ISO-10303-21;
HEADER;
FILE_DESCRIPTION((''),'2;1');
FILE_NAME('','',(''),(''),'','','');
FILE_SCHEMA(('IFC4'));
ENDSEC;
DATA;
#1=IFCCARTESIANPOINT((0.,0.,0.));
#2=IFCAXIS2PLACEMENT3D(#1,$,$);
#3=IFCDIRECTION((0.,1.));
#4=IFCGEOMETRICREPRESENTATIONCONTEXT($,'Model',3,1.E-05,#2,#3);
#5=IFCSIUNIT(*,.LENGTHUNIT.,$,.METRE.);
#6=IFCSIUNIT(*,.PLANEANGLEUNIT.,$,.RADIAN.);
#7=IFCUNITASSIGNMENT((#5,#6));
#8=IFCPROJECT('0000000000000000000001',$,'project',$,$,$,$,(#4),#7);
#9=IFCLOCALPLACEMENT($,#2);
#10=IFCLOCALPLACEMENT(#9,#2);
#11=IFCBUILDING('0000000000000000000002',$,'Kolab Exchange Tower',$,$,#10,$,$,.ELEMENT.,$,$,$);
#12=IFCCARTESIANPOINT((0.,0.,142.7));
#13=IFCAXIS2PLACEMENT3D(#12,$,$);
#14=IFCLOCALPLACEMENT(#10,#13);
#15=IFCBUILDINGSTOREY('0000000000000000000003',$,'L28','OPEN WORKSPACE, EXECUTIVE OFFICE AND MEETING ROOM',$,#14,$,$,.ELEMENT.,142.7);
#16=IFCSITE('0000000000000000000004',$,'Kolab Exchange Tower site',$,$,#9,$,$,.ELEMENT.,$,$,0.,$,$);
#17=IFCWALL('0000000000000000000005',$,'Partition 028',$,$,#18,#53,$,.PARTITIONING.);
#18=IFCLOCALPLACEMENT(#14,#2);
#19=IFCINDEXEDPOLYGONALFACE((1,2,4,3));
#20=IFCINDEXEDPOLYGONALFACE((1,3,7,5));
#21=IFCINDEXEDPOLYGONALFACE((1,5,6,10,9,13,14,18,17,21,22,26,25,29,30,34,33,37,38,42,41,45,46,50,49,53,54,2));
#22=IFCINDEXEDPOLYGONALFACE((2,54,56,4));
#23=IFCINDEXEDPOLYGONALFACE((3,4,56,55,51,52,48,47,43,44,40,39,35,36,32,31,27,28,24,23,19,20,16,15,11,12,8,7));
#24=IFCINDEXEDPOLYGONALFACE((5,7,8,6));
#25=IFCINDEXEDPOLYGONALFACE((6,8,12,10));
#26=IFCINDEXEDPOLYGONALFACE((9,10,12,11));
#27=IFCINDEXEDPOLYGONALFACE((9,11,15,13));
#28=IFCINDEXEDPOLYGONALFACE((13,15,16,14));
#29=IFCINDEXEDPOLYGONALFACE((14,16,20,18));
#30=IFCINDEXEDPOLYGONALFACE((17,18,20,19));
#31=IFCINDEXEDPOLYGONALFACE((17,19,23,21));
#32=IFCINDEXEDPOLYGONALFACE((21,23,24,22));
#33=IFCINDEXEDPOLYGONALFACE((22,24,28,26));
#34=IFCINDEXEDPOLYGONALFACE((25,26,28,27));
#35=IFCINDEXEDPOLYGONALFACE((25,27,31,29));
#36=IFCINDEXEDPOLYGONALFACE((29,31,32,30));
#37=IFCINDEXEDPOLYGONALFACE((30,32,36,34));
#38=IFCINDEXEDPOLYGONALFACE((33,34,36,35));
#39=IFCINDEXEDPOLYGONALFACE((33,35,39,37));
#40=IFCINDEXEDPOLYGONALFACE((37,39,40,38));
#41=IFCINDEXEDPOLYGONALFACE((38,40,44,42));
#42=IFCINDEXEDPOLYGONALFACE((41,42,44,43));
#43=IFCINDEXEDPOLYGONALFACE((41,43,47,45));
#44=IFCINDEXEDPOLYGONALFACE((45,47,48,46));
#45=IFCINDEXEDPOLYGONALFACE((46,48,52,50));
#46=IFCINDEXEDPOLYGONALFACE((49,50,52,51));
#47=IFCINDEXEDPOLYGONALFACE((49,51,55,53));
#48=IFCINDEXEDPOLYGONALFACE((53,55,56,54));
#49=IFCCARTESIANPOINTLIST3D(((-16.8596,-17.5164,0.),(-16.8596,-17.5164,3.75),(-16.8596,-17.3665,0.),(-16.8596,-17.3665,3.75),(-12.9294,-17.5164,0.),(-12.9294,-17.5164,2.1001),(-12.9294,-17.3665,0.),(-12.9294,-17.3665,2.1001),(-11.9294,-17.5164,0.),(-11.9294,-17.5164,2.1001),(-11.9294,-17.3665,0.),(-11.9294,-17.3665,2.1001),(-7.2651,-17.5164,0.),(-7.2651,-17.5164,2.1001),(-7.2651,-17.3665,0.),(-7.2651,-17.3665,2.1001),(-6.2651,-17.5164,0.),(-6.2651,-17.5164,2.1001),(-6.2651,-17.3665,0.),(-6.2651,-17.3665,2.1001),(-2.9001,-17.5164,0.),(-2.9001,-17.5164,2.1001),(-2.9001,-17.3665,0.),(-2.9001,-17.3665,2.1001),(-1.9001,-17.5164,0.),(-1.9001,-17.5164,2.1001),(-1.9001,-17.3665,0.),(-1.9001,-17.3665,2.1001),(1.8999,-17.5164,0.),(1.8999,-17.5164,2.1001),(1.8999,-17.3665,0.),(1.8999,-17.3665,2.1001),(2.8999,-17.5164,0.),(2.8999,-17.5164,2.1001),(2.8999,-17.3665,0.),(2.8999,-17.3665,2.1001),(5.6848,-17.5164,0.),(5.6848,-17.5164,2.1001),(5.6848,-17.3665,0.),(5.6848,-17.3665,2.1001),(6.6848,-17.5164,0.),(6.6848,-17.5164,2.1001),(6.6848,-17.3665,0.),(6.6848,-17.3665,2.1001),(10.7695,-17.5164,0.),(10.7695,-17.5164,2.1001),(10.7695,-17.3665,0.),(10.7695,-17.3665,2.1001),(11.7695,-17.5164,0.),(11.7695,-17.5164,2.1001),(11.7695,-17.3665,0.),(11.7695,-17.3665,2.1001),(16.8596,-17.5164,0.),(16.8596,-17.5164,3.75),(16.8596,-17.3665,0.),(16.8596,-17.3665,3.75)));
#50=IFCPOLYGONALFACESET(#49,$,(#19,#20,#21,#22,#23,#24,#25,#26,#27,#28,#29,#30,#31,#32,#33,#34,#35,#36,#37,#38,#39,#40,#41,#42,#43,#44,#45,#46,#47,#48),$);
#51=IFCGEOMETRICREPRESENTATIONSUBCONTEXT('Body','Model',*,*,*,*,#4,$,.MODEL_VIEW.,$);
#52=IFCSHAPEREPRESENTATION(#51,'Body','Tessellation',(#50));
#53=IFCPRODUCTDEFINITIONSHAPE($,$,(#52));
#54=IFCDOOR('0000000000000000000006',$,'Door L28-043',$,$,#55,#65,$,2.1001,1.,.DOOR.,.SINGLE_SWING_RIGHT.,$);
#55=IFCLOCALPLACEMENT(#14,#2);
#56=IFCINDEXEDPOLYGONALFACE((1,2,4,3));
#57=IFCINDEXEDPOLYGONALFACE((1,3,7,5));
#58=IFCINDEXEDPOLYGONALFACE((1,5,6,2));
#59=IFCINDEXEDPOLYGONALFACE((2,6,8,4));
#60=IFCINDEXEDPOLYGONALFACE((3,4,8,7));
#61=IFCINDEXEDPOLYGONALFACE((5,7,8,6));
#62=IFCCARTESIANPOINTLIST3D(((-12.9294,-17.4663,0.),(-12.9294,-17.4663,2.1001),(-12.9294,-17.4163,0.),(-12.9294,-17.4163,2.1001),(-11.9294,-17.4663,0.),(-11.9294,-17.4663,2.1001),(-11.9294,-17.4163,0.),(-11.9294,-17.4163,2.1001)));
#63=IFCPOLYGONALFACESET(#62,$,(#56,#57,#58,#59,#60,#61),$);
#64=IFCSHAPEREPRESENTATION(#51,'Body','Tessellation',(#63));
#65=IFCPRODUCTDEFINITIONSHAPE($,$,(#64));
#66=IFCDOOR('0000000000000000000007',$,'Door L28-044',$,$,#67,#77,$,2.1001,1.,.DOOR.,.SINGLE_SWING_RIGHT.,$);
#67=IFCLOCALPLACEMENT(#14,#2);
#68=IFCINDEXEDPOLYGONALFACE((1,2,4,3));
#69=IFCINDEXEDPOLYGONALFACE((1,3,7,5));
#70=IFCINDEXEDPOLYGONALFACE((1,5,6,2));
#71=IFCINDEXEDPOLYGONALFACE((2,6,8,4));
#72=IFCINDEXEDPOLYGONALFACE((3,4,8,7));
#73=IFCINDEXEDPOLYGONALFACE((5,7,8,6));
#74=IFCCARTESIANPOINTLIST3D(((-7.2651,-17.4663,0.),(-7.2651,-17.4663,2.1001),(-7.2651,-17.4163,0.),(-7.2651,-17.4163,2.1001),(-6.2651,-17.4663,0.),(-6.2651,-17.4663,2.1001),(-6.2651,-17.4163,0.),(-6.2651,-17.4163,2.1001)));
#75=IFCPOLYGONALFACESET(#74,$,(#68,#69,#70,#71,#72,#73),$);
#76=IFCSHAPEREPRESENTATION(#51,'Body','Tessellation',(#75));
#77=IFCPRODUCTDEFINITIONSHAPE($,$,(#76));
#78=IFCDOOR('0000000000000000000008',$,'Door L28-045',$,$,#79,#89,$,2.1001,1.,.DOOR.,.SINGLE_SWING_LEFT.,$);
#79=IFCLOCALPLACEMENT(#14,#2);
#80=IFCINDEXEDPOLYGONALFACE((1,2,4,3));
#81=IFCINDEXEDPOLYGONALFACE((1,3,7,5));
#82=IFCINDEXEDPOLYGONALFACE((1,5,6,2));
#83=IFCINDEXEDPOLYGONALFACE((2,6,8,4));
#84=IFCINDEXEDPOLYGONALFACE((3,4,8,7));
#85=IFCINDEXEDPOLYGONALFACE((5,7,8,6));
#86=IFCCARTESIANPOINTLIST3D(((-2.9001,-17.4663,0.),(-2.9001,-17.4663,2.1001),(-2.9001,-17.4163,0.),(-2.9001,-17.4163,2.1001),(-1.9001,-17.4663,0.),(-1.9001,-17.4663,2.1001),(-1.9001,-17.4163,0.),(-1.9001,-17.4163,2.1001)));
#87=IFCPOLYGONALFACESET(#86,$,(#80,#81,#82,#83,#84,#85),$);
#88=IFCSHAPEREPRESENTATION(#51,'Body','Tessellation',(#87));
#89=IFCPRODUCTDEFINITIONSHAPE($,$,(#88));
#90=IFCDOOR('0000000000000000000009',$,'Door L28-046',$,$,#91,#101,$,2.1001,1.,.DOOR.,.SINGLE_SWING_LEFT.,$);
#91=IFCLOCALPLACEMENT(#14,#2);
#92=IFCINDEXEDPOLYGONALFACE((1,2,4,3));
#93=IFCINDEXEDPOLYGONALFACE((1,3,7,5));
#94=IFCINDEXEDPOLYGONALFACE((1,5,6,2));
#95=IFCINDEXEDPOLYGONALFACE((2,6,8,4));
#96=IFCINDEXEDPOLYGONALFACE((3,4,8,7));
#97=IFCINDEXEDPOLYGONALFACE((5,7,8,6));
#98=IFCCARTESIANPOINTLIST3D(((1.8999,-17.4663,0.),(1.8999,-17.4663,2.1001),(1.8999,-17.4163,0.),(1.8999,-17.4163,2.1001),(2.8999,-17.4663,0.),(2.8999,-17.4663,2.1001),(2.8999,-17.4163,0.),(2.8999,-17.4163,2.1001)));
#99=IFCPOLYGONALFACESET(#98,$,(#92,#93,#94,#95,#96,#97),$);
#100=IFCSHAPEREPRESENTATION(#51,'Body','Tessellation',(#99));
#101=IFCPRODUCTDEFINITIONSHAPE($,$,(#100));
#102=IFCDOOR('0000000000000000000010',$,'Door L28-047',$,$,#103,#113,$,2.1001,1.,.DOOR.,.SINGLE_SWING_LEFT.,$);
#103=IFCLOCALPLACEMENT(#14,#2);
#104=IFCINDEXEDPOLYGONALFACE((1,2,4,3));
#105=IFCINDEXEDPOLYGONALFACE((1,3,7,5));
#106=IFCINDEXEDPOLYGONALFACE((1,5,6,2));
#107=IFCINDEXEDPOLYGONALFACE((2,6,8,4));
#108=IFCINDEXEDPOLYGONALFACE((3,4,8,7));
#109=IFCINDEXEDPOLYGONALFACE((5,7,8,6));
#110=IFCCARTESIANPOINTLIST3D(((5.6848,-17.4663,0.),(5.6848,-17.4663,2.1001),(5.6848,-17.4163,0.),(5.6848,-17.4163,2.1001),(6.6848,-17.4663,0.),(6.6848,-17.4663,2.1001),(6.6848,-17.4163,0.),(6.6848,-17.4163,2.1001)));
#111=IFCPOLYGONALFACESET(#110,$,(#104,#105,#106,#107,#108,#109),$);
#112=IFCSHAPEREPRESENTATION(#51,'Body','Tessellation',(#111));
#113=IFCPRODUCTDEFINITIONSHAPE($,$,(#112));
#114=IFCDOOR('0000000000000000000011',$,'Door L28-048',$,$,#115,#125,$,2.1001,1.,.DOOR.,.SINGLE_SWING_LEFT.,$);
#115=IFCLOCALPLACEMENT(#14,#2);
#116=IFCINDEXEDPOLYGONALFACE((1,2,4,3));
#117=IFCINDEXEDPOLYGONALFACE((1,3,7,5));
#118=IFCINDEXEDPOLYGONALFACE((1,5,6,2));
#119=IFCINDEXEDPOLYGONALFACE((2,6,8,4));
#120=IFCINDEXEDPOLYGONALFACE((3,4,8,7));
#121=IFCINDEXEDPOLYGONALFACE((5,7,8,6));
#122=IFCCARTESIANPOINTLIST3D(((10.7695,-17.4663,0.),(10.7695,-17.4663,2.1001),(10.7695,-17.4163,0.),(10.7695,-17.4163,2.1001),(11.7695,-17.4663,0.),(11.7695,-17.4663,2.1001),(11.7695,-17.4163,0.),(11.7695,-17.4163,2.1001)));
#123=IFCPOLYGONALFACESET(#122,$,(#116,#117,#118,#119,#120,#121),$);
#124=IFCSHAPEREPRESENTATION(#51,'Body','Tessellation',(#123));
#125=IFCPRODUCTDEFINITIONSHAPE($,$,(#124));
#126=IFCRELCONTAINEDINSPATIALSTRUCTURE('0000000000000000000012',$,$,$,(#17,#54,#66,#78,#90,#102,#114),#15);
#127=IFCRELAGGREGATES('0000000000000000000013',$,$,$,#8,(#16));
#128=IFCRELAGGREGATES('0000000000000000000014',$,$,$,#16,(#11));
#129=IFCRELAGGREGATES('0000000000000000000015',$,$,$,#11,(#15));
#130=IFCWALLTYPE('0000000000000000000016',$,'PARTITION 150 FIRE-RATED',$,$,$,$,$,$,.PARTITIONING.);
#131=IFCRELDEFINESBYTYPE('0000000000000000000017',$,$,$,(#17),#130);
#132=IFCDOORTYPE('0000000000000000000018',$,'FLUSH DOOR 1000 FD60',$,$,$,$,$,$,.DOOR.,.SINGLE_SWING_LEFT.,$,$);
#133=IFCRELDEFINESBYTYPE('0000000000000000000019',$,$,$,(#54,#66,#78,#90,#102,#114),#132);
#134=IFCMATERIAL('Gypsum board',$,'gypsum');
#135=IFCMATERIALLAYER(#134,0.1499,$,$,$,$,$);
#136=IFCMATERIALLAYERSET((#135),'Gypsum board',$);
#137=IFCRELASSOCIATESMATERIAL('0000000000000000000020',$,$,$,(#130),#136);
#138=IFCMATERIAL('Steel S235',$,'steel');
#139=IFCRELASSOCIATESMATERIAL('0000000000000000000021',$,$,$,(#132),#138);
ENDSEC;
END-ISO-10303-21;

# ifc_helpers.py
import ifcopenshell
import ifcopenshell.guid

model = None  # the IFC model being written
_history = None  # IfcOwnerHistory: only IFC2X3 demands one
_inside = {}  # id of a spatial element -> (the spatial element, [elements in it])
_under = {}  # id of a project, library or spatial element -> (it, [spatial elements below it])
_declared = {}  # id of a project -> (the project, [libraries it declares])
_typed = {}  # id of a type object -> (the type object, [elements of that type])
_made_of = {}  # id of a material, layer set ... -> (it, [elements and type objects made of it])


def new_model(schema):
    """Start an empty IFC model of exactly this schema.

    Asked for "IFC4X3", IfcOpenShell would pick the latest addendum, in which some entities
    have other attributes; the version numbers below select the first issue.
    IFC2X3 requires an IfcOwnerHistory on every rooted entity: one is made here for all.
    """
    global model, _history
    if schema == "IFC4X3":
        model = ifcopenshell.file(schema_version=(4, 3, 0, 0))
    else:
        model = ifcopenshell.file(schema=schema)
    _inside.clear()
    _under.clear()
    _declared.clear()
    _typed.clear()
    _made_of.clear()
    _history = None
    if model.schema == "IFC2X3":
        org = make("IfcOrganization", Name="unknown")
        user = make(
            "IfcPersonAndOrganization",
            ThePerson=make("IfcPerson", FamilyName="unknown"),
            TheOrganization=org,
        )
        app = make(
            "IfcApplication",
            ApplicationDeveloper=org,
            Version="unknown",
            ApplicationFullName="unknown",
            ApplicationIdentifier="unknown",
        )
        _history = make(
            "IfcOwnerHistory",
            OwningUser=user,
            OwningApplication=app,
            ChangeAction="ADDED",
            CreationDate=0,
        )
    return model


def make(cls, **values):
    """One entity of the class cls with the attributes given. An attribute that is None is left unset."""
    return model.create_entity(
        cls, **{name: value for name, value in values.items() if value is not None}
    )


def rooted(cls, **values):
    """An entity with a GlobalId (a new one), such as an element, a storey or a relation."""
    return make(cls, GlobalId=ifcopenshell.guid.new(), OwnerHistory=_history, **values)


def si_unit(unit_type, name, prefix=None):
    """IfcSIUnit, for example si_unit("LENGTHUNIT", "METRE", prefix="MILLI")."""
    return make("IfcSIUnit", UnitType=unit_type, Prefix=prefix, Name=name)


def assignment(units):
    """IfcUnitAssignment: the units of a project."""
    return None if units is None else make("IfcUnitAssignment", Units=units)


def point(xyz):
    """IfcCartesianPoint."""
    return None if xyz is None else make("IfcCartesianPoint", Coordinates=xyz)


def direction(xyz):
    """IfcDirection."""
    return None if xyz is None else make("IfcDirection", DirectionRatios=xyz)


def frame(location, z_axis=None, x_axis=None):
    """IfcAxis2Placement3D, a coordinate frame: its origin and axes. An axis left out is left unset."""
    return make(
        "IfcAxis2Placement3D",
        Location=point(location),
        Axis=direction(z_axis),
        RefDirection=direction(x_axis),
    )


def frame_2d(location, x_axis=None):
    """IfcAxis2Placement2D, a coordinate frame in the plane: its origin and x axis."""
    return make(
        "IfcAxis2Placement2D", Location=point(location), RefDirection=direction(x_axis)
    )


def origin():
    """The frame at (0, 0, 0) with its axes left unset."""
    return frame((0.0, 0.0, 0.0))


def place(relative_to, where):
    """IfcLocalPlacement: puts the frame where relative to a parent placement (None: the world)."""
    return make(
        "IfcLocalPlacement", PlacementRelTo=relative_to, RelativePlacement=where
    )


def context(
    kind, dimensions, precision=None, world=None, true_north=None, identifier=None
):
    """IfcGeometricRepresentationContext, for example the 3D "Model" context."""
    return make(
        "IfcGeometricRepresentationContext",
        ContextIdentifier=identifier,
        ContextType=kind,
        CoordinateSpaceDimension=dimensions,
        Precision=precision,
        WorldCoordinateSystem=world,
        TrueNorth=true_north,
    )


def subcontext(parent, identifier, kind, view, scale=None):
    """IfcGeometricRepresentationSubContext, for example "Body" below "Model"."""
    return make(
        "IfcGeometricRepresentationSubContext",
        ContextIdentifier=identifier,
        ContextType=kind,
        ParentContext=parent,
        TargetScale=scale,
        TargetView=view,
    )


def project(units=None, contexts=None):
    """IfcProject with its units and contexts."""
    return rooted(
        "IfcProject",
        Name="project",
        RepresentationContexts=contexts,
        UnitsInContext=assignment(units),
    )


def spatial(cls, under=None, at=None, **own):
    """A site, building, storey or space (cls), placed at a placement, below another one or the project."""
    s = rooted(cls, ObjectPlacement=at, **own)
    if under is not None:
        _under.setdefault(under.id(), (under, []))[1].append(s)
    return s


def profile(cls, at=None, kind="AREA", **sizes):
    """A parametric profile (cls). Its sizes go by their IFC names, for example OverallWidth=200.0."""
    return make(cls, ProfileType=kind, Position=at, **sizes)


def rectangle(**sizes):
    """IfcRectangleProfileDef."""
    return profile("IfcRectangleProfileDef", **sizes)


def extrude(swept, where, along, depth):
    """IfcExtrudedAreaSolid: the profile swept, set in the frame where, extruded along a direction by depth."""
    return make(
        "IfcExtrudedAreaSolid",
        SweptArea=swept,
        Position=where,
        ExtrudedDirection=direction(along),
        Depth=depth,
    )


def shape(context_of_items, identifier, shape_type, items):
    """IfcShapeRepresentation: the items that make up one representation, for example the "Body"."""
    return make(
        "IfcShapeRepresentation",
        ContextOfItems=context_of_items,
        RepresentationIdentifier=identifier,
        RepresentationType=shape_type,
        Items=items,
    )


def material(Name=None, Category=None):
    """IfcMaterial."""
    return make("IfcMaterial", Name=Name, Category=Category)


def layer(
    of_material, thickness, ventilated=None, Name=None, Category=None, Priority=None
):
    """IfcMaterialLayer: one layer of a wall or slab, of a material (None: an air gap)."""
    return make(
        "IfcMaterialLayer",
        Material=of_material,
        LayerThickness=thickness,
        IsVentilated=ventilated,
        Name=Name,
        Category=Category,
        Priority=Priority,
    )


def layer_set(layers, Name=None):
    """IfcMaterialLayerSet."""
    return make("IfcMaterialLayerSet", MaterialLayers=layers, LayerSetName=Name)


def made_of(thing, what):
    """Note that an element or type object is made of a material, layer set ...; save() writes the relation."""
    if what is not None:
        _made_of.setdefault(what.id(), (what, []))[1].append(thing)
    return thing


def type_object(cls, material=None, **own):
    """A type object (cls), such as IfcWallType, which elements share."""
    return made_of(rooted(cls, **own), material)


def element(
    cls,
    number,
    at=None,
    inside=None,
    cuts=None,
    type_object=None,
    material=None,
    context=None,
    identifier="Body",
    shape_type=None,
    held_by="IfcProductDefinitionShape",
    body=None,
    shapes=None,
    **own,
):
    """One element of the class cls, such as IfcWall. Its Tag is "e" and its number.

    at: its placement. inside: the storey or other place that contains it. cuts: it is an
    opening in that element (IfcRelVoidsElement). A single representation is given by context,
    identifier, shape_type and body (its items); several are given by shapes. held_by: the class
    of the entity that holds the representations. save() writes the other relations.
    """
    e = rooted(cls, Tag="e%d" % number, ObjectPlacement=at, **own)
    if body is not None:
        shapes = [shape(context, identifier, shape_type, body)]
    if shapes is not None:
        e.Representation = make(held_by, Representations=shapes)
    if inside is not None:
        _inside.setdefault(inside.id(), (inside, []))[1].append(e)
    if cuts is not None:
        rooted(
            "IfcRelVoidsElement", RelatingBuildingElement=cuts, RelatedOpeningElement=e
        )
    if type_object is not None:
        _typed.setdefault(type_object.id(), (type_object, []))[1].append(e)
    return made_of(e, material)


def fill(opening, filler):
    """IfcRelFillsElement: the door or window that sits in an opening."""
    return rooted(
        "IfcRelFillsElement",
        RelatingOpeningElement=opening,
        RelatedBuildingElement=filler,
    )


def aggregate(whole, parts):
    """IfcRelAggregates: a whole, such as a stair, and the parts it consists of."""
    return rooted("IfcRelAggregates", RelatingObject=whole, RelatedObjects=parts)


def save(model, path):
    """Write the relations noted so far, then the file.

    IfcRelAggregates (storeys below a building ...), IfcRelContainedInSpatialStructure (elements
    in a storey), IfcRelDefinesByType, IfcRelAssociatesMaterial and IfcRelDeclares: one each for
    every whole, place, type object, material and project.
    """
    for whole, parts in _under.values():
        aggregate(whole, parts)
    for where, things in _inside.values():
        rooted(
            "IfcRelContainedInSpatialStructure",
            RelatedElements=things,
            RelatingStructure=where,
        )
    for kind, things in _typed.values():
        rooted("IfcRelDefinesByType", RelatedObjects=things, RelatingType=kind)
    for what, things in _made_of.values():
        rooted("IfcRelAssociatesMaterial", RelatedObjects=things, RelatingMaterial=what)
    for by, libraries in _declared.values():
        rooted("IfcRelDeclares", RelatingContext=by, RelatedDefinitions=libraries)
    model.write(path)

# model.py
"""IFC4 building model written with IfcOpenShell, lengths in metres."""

from ifc_helpers import new_model, si_unit, direction, frame, frame_2d, origin, place, context, subcontext, project, spatial, rectangle, extrude, material, layer, layer_set, type_object, element, fill, save


model = new_model("IFC4")

# Units and contexts
model_context = context("Model", 3, precision=1e-05, world=origin(), true_north=direction((0.0, 1.0)))
body_context = subcontext(model_context, "Body", "Model", "MODEL_VIEW")
ifc_project = project(units=[si_unit("LENGTHUNIT", "METRE"), si_unit("PLANEANGLEUNIT", "RADIAN")], contexts=[model_context])

# Site, building, storey
site_placement = place(None, origin())
site = spatial("IfcSite", under=ifc_project, at=site_placement, Name="Kolab Exchange Tower site", CompositionType="ELEMENT", RefElevation=0.0)
building_placement = place(site_placement, origin())
building = spatial("IfcBuilding", under=site, at=building_placement, Name="Kolab Exchange Tower", CompositionType="ELEMENT")
storey_placement = place(building_placement, frame((0.0, 0.0, 142.7)))
storey = spatial("IfcBuildingStorey", under=building, at=storey_placement, Name="L28", Description="OPEN WORKSPACE, EXECUTIVE OFFICE AND MEETING ROOM", CompositionType="ELEMENT", Elevation=142.7)

# Wall, openings, doors
ifc_material_1 = material(Name="Gypsum board", Category="gypsum")
ifc_layer_1 = layer(ifc_material_1, 0.1499)
ifc_layer_set_1 = layer_set([ifc_layer_1], Name="Gypsum board")
wall_type_1 = type_object("IfcWallType", Name="PARTITION 150 FIRE-RATED", PredefinedType="PARTITIONING", material=ifc_layer_set_1)
wall_1_placement = place(storey_placement, frame((-16.8596, -17.4414, 0.0), z_axis=(0.0, 0.0, 1.0), x_axis=(1.0, 0.0, 0.0)))
wall_1 = element("IfcWall", 1, at=wall_1_placement, inside=storey, type_object=wall_type_1, Name="Partition 028", PredefinedType="PARTITIONING", context=body_context, shape_type="SweptSolid", body=[
    extrude(rectangle(XDim=33.7192, YDim=0.1499, at=frame_2d((16.8596, 0.0))), origin(), (0.0, 0.0, 1.0), 3.75),
])
opening_1_placement = place(wall_1_placement, frame((3.9302, 0.0, 0.0)))
opening_1 = element("IfcOpeningElement", 2, at=opening_1_placement, cuts=wall_1, PredefinedType="OPENING", context=body_context, shape_type="SweptSolid", body=[
    extrude(rectangle(XDim=1.0, YDim=2.1001, at=frame_2d((0.5, 1.05))), frame((0.0, 0.085, 0.0), z_axis=(0.0, -1.0, 0.0), x_axis=(1.0, 0.0, 0.0)), (0.0, 0.0, 1.0), 0.1699),
])
opening_2_placement = place(wall_1_placement, frame((9.5945, 0.0, 0.0)))
opening_2 = element("IfcOpeningElement", 3, at=opening_2_placement, cuts=wall_1, PredefinedType="OPENING", context=body_context, shape_type="SweptSolid", body=[
    extrude(rectangle(XDim=1.0, YDim=2.1001, at=frame_2d((0.5, 1.05))), frame((0.0, 0.085, 0.0), z_axis=(0.0, -1.0, 0.0), x_axis=(1.0, 0.0, 0.0)), (0.0, 0.0, 1.0), 0.1699),
])
opening_3_placement = place(wall_1_placement, frame((13.9595, 0.0, 0.0)))
opening_3 = element("IfcOpeningElement", 4, at=opening_3_placement, cuts=wall_1, PredefinedType="OPENING", context=body_context, shape_type="SweptSolid", body=[
    extrude(rectangle(XDim=1.0, YDim=2.1001, at=frame_2d((0.5, 1.05))), frame((0.0, 0.085, 0.0), z_axis=(0.0, -1.0, 0.0), x_axis=(1.0, 0.0, 0.0)), (0.0, 0.0, 1.0), 0.1699),
])
opening_4_placement = place(wall_1_placement, frame((18.7595, 0.0, 0.0)))
opening_4 = element("IfcOpeningElement", 5, at=opening_4_placement, cuts=wall_1, PredefinedType="OPENING", context=body_context, shape_type="SweptSolid", body=[
    extrude(rectangle(XDim=1.0, YDim=2.1001, at=frame_2d((0.5, 1.05))), frame((0.0, 0.085, 0.0), z_axis=(0.0, -1.0, 0.0), x_axis=(1.0, 0.0, 0.0)), (0.0, 0.0, 1.0), 0.1699),
])
opening_5_placement = place(wall_1_placement, frame((22.5444, 0.0, 0.0)))
opening_5 = element("IfcOpeningElement", 6, at=opening_5_placement, cuts=wall_1, PredefinedType="OPENING", context=body_context, shape_type="SweptSolid", body=[
    extrude(rectangle(XDim=1.0, YDim=2.1001, at=frame_2d((0.5, 1.05))), frame((0.0, 0.085, 0.0), z_axis=(0.0, -1.0, 0.0), x_axis=(1.0, 0.0, 0.0)), (0.0, 0.0, 1.0), 0.1699),
])
opening_6_placement = place(wall_1_placement, frame((27.6292, 0.0, 0.0)))
opening_6 = element("IfcOpeningElement", 7, at=opening_6_placement, cuts=wall_1, PredefinedType="OPENING", context=body_context, shape_type="SweptSolid", body=[
    extrude(rectangle(XDim=1.0, YDim=2.1001, at=frame_2d((0.5, 1.05))), frame((0.0, 0.085, 0.0), z_axis=(0.0, -1.0, 0.0), x_axis=(1.0, 0.0, 0.0)), (0.0, 0.0, 1.0), 0.1699),
])
ifc_material_2 = material(Name="Steel S235", Category="steel")
door_type_1 = type_object("IfcDoorType", Name="FLUSH DOOR 1000 FD60", OperationType="SINGLE_SWING_LEFT", PredefinedType="DOOR", material=ifc_material_2)
door_1_placement = place(opening_1_placement, frame((1.0, 0.0, 0.0), z_axis=(0.0, 0.0, 1.0), x_axis=(-1.0, 0.0, 0.0)))
door_1 = element("IfcDoor", 8, at=door_1_placement, inside=storey, type_object=door_type_1, Name="Door L28-043", OperationType="SINGLE_SWING_RIGHT", OverallHeight=2.1001, OverallWidth=1.0, PredefinedType="DOOR", context=body_context, shape_type="SweptSolid", body=[
    extrude(rectangle(XDim=1.0, YDim=2.1001, at=frame_2d((0.5, 1.05))), frame((0.0, 0.0249, 0.0), z_axis=(0.0, -1.0, 0.0), x_axis=(1.0, 0.0, 0.0)), (0.0, 0.0, 1.0), 0.05),
])
fill(opening_1, door_1)
door_2_placement = place(opening_2_placement, frame((1.0, 0.0, 0.0), z_axis=(0.0, 0.0, 1.0), x_axis=(-1.0, 0.0, 0.0)))
door_2 = element("IfcDoor", 9, at=door_2_placement, inside=storey, type_object=door_type_1, Name="Door L28-044", OperationType="SINGLE_SWING_RIGHT", OverallHeight=2.1001, OverallWidth=1.0, PredefinedType="DOOR", context=body_context, shape_type="SweptSolid", body=[
    extrude(rectangle(XDim=1.0, YDim=2.1001, at=frame_2d((0.5, 1.05))), frame((0.0, 0.0249, 0.0), z_axis=(0.0, -1.0, 0.0), x_axis=(1.0, 0.0, 0.0)), (0.0, 0.0, 1.0), 0.05),
])
fill(opening_2, door_2)
door_3_placement = place(opening_3_placement, frame((1.0, 0.0, 0.0), z_axis=(0.0, 0.0, 1.0), x_axis=(-1.0, 0.0, 0.0)))
door_3 = element("IfcDoor", 10, at=door_3_placement, inside=storey, type_object=door_type_1, Name="Door L28-045", OperationType="SINGLE_SWING_LEFT", OverallHeight=2.1001, OverallWidth=1.0, PredefinedType="DOOR", context=body_context, shape_type="SweptSolid", body=[
    extrude(rectangle(XDim=1.0, YDim=2.1001, at=frame_2d((0.5, 1.05))), frame((0.0, 0.0249, 0.0), z_axis=(0.0, -1.0, 0.0), x_axis=(1.0, 0.0, 0.0)), (0.0, 0.0, 1.0), 0.05),
])
fill(opening_3, door_3)
door_4_placement = place(opening_4_placement, frame((1.0, 0.0, 0.0), z_axis=(0.0, 0.0, 1.0), x_axis=(-1.0, 0.0, 0.0)))
door_4 = element("IfcDoor", 11, at=door_4_placement, inside=storey, type_object=door_type_1, Name="Door L28-046", OperationType="SINGLE_SWING_LEFT", OverallHeight=2.1001, OverallWidth=1.0, PredefinedType="DOOR", context=body_context, shape_type="SweptSolid", body=[
    extrude(rectangle(XDim=1.0, YDim=2.1001, at=frame_2d((0.5, 1.05))), frame((0.0, 0.0249, 0.0), z_axis=(0.0, -1.0, 0.0), x_axis=(1.0, 0.0, 0.0)), (0.0, 0.0, 1.0), 0.05),
])
fill(opening_4, door_4)
door_5_placement = place(opening_5_placement, frame((1.0, 0.0, 0.0), z_axis=(0.0, 0.0, 1.0), x_axis=(-1.0, 0.0, 0.0)))
door_5 = element("IfcDoor", 12, at=door_5_placement, inside=storey, type_object=door_type_1, Name="Door L28-047", OperationType="SINGLE_SWING_LEFT", OverallHeight=2.1001, OverallWidth=1.0, PredefinedType="DOOR", context=body_context, shape_type="SweptSolid", body=[
    extrude(rectangle(XDim=1.0, YDim=2.1001, at=frame_2d((0.5, 1.05))), frame((0.0, 0.0249, 0.0), z_axis=(0.0, -1.0, 0.0), x_axis=(1.0, 0.0, 0.0)), (0.0, 0.0, 1.0), 0.05),
])
fill(opening_5, door_5)
door_6_placement = place(opening_6_placement, frame((1.0, 0.0, 0.0), z_axis=(0.0, 0.0, 1.0), x_axis=(-1.0, 0.0, 0.0)))
door_6 = element("IfcDoor", 13, at=door_6_placement, inside=storey, type_object=door_type_1, Name="Door L28-048", OperationType="SINGLE_SWING_LEFT", OverallHeight=2.1001, OverallWidth=1.0, PredefinedType="DOOR", context=body_context, shape_type="SweptSolid", body=[
    extrude(rectangle(XDim=1.0, YDim=2.1001, at=frame_2d((0.5, 1.05))), frame((0.0, 0.0249, 0.0), z_axis=(0.0, -1.0, 0.0), x_axis=(1.0, 0.0, 0.0)), (0.0, 0.0, 1.0), 0.05),
])
fill(opening_6, door_6)

save(model, "model.ifc")
